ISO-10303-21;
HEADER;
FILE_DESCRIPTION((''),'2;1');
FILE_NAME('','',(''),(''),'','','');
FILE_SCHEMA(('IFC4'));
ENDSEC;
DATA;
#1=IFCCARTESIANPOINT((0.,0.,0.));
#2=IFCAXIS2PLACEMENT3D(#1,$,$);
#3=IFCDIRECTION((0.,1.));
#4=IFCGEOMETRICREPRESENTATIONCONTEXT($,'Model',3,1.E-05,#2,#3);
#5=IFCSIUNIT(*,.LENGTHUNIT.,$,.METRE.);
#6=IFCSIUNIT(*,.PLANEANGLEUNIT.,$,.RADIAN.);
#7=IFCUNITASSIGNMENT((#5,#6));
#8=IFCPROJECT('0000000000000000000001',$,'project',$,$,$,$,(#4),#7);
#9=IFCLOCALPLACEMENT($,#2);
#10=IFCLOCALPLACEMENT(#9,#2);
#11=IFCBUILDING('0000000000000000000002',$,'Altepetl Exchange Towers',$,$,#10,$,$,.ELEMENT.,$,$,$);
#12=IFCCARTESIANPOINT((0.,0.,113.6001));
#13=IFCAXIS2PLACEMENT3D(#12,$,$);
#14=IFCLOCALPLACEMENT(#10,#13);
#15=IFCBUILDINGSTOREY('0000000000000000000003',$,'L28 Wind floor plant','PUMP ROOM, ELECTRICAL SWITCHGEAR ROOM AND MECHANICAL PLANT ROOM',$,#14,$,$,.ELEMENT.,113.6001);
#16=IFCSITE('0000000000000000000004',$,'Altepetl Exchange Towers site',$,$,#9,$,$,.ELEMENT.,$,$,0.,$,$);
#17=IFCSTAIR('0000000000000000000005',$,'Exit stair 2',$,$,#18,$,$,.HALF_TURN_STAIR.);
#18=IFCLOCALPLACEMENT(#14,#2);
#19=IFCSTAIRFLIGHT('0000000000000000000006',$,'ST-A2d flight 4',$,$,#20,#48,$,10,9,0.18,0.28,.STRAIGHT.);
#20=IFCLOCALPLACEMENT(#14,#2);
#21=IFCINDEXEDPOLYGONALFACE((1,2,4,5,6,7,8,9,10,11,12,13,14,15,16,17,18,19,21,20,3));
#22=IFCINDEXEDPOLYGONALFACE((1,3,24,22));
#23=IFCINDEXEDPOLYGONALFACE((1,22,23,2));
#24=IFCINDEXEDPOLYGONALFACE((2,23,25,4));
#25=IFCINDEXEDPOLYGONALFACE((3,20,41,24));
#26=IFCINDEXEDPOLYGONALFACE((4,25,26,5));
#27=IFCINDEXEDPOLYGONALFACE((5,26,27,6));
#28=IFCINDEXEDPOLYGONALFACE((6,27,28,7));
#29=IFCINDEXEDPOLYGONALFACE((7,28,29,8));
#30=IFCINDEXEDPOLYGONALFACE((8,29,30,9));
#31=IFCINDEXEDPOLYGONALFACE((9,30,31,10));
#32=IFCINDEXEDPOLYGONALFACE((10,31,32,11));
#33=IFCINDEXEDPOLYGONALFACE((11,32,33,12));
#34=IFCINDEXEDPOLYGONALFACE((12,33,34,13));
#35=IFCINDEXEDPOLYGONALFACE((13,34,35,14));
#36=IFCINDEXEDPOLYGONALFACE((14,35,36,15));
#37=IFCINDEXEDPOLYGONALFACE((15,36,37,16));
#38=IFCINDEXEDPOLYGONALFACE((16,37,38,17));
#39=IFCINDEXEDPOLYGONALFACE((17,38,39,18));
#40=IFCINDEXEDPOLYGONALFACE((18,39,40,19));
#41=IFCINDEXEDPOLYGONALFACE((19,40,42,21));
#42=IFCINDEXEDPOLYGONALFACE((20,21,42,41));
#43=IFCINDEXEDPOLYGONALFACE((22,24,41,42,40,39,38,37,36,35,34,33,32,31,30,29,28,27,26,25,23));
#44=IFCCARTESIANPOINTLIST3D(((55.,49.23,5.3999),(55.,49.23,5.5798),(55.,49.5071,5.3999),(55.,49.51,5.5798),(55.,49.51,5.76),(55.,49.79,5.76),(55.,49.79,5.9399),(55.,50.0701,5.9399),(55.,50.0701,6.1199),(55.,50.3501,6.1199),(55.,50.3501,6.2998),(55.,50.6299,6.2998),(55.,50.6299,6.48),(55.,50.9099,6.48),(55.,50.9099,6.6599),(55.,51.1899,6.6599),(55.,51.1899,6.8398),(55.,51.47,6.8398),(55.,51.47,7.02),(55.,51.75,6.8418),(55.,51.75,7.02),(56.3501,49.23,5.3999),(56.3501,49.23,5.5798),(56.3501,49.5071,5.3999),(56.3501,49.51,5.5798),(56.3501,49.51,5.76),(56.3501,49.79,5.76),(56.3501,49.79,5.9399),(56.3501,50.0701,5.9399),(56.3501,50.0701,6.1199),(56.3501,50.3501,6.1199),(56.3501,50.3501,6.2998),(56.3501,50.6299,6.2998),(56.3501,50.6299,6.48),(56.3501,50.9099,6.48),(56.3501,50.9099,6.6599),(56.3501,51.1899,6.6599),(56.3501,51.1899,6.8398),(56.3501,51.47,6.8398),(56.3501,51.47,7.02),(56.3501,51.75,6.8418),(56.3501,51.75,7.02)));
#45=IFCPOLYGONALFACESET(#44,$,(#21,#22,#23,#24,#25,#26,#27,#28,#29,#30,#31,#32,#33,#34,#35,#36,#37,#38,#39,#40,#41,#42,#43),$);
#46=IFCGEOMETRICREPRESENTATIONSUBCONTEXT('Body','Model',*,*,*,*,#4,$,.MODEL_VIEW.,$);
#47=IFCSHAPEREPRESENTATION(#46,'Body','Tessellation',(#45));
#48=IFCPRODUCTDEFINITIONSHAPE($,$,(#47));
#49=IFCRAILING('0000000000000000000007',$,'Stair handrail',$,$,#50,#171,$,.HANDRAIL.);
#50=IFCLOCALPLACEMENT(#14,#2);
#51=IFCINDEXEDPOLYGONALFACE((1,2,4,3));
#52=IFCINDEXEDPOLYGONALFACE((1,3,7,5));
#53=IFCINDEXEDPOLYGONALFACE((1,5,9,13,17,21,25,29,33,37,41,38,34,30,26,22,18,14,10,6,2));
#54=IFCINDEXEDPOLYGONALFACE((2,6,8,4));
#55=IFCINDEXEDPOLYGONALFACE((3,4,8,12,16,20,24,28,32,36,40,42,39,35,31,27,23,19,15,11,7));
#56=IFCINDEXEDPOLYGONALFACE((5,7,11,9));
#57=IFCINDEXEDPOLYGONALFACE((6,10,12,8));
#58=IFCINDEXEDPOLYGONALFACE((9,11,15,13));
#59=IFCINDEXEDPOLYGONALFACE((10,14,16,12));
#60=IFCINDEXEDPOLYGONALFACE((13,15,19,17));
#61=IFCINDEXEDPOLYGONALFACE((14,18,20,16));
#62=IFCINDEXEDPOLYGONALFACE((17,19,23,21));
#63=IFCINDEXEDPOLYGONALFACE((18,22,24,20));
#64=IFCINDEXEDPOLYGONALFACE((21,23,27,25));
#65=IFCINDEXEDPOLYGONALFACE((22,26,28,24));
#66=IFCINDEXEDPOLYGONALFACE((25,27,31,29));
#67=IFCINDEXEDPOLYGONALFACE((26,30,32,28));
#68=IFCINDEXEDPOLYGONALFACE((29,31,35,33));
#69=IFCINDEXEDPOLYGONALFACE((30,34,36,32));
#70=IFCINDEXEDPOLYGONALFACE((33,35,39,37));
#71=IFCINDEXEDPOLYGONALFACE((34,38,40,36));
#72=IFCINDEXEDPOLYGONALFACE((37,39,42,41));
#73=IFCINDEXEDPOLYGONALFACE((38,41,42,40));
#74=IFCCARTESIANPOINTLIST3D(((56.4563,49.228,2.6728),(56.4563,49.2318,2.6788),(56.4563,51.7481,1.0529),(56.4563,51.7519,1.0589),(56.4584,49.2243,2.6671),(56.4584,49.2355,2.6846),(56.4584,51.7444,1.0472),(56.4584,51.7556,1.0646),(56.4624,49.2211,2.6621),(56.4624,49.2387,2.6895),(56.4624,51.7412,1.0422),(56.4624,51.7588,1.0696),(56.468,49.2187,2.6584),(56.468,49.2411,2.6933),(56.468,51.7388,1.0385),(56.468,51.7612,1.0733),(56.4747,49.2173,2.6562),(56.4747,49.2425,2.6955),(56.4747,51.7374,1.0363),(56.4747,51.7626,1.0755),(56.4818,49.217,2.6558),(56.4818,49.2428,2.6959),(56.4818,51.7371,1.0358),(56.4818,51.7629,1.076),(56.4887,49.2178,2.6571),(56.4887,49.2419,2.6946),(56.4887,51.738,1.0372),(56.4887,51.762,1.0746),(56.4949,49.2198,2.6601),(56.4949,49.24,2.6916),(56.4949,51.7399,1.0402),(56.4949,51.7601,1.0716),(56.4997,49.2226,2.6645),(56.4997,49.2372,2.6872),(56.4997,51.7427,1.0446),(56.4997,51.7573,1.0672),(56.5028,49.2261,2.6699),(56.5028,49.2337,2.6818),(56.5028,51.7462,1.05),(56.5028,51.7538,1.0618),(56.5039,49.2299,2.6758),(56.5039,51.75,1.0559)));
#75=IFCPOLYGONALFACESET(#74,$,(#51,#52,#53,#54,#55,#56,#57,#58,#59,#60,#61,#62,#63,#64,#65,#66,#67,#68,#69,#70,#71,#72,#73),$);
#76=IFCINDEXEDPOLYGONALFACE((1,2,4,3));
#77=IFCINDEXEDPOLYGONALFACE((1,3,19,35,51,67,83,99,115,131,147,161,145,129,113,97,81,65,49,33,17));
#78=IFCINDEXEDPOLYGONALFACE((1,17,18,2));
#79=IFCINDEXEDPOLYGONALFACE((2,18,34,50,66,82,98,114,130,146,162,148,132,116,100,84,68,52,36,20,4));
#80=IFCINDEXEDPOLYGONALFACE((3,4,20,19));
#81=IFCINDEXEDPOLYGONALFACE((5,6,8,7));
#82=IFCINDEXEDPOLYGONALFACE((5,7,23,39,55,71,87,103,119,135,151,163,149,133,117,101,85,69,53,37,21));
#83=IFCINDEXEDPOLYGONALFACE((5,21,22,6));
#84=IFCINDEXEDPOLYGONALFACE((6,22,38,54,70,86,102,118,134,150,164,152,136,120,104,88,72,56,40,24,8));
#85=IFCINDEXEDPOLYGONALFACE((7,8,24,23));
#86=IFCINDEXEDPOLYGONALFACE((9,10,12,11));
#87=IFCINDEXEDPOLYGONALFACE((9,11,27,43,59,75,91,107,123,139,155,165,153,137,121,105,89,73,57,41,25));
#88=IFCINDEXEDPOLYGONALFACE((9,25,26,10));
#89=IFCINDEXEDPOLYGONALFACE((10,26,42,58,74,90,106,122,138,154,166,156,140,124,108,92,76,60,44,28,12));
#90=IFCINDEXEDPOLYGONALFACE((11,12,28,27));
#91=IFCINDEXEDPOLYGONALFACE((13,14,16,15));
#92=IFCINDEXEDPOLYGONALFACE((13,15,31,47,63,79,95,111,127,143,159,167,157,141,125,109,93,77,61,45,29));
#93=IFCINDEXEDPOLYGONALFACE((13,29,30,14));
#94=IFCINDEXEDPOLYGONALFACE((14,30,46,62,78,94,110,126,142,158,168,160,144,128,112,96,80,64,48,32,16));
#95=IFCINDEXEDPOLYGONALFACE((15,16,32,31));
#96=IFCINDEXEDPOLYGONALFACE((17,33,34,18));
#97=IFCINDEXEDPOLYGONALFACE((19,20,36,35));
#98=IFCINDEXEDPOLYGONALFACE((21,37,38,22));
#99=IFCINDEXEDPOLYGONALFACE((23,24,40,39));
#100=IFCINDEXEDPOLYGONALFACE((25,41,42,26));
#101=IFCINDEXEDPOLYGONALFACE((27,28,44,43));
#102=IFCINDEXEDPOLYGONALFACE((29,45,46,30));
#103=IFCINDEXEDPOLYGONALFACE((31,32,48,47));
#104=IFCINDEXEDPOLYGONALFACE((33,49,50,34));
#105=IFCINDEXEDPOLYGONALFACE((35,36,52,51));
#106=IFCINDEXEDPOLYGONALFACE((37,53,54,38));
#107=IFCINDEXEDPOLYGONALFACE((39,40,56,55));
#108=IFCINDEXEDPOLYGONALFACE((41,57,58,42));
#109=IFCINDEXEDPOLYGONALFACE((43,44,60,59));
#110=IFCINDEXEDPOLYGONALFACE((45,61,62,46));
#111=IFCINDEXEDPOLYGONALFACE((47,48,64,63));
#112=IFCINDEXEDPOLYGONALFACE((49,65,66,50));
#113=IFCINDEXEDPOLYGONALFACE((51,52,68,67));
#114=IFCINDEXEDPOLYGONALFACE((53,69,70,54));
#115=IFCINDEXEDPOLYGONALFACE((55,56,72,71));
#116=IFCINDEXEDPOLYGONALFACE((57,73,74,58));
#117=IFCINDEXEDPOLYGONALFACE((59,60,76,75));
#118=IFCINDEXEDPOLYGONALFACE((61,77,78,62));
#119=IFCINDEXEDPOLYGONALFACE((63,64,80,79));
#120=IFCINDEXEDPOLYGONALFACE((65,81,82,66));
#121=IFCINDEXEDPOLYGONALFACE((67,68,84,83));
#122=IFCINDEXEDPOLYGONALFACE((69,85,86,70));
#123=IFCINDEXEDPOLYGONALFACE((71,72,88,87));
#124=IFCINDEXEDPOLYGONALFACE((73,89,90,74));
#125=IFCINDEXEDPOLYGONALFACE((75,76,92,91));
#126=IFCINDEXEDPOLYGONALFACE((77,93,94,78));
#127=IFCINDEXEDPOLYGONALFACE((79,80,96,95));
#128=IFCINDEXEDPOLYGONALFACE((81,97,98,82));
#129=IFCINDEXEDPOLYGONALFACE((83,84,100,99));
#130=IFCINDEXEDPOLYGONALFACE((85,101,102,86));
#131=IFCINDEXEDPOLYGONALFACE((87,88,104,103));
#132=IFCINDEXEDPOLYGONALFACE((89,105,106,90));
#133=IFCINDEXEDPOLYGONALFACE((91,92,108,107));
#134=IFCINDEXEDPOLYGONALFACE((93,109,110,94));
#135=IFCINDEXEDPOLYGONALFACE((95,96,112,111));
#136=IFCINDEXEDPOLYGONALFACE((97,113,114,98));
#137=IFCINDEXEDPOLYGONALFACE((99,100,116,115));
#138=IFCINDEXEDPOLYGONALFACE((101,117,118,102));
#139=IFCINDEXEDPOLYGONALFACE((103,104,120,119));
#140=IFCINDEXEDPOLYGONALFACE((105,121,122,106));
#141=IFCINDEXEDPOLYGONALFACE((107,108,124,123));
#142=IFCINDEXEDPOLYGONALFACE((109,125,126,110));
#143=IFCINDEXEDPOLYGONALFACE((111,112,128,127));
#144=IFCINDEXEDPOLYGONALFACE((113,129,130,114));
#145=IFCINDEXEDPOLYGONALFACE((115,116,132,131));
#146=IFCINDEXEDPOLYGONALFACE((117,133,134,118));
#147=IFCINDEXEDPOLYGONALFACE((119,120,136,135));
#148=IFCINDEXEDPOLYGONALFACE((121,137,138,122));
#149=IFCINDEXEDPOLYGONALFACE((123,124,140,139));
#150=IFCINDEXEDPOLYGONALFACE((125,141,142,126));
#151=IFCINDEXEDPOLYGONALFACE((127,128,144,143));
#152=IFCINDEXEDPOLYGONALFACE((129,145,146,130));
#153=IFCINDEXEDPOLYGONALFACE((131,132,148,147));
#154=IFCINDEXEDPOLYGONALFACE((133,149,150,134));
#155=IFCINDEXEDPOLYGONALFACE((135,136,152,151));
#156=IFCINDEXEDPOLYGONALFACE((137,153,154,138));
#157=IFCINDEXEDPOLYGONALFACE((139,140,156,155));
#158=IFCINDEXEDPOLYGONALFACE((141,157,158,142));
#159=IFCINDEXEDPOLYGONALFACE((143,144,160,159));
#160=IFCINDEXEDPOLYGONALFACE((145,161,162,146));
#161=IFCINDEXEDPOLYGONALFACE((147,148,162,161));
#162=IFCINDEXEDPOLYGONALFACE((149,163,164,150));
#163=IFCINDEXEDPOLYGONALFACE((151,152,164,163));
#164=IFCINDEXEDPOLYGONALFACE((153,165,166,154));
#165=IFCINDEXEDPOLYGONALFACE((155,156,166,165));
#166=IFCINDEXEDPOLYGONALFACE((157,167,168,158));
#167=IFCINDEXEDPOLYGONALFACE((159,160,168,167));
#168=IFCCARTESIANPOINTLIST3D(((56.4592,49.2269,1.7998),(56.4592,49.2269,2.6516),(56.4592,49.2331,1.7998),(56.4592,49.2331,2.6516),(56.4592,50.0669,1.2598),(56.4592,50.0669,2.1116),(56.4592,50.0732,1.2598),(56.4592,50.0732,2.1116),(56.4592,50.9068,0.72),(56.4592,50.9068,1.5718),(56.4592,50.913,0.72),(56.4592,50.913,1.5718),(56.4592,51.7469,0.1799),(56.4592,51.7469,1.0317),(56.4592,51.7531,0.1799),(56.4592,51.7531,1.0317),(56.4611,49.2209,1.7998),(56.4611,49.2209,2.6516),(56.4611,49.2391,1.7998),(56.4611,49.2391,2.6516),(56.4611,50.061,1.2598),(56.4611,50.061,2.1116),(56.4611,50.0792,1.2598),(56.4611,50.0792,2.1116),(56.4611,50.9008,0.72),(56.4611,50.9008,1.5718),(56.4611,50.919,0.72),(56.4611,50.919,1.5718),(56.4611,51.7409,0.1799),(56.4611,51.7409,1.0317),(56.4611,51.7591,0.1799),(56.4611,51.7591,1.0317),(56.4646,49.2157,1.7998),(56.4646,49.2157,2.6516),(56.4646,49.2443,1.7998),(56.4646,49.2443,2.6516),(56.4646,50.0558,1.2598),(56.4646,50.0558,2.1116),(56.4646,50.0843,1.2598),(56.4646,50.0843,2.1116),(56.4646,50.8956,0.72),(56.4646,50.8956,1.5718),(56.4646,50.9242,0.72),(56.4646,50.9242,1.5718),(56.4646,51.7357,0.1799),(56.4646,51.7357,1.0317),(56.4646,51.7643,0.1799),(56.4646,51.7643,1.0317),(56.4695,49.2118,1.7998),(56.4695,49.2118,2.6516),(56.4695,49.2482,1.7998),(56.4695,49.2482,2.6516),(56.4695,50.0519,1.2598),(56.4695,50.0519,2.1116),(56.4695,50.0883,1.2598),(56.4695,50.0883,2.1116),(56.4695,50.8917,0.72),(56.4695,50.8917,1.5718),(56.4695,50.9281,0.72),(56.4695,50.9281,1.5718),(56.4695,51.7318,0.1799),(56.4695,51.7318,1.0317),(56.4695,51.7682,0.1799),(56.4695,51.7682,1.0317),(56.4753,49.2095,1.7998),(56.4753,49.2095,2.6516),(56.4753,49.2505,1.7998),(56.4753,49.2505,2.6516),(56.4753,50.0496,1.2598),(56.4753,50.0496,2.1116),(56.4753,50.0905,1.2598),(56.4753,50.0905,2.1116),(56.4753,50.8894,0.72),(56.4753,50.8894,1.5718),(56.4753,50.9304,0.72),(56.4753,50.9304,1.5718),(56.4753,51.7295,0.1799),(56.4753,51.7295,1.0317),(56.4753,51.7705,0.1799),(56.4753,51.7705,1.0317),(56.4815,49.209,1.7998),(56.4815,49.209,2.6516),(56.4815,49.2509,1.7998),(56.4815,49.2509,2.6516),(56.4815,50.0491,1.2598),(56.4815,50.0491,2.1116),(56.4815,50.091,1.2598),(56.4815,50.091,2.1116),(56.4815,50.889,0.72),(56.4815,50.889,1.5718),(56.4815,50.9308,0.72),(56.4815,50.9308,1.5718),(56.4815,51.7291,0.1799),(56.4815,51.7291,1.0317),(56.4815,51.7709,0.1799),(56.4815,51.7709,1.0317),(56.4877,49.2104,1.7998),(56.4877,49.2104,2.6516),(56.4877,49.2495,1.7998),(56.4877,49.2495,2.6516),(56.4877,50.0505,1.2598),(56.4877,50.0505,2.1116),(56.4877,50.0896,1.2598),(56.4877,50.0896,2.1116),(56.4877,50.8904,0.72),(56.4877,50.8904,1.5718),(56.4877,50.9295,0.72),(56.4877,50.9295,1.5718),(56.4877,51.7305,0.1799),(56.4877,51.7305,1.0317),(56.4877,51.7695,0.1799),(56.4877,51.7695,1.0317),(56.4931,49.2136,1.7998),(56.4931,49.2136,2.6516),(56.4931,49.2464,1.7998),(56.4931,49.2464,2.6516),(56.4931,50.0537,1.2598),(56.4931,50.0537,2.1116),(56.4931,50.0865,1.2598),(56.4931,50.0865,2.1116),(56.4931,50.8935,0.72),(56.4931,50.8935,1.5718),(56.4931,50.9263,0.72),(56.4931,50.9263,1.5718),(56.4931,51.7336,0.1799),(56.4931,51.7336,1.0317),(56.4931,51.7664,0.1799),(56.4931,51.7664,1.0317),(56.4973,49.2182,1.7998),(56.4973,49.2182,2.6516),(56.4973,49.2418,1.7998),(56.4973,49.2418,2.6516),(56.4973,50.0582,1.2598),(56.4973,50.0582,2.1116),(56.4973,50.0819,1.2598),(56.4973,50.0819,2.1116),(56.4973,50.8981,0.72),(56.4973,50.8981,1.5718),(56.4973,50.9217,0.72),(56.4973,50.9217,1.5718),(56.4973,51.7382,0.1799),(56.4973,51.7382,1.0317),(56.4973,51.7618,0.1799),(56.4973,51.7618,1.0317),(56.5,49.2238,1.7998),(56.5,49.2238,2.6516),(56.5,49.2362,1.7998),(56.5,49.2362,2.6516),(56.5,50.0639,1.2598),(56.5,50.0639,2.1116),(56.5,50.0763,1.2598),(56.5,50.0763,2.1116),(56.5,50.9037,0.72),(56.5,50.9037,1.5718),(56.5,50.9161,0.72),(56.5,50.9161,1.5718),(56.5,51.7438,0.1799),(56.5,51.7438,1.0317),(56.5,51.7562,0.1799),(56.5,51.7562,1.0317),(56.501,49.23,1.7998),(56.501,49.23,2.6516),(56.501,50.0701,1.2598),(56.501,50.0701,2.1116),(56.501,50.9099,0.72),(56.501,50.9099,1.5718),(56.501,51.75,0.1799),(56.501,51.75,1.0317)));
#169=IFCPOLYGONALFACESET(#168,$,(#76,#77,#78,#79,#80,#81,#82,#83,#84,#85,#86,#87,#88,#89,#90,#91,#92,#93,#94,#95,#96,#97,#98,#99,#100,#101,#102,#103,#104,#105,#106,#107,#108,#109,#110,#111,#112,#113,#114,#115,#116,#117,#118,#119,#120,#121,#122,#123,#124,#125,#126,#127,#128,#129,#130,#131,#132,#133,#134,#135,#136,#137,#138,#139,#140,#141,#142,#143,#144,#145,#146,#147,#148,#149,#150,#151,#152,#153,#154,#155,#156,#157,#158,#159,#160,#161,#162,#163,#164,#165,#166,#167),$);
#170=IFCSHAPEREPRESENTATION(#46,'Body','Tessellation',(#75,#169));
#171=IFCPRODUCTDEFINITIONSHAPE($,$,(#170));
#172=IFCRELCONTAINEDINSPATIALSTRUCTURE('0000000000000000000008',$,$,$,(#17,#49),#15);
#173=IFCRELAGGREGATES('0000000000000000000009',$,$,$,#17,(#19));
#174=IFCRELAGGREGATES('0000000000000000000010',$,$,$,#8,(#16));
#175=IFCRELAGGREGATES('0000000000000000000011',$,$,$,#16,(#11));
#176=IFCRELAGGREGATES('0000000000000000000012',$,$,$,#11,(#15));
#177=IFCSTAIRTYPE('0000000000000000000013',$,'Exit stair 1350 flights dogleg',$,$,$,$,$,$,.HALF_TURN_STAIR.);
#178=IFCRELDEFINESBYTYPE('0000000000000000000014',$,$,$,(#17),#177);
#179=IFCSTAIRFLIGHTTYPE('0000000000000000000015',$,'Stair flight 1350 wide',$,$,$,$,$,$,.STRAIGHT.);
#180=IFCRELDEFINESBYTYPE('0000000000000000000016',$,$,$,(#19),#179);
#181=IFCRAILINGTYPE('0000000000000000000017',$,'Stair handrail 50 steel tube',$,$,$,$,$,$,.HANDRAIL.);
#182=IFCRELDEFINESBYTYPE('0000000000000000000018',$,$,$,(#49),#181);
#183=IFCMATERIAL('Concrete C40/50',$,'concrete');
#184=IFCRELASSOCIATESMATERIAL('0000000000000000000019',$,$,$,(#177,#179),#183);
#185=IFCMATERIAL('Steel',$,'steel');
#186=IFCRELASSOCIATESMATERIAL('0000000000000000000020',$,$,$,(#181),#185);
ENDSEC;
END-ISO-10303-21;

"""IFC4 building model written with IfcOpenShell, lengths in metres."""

from ifc_helpers import new_model, si_unit, direction, frame, origin, origin_2d, place, context, subcontext, project, spatial, polyline, circle, outline, extrude, source, transform, mapped, material, type_object, element, aggregate, save


model = new_model("IFC4")

# Units and contexts
model_context = context("Model", 3, precision=1e-05, world=origin(), true_north=direction((0.0, 1.0)))
body_context = subcontext(model_context, "Body", "Model", "MODEL_VIEW")
ifc_project = project(units=[si_unit("LENGTHUNIT", "METRE"), si_unit("PLANEANGLEUNIT", "RADIAN")], contexts=[model_context])

# Site, building, storey
site_placement = place(None, origin())
site = spatial("IfcSite", under=ifc_project, at=site_placement, Name="Altepetl Exchange Towers site", CompositionType="ELEMENT", RefElevation=0.0)
building_placement = place(site_placement, origin())
building = spatial("IfcBuilding", under=site, at=building_placement, Name="Altepetl Exchange Towers", CompositionType="ELEMENT")
storey_placement = place(building_placement, frame((0.0, 0.0, 113.6001)))
storey = spatial("IfcBuildingStorey", under=building, at=storey_placement, Name="L28 Wind floor plant", Description="PUMP ROOM, ELECTRICAL SWITCHGEAR ROOM AND MECHANICAL PLANT ROOM", CompositionType="ELEMENT", Elevation=113.6001)

# Shared definitions
ifc_material_1 = material(Name="Concrete C40/50", Category="concrete")

# Stair, stair flight
stair_type = type_object("IfcStairType", Name="Exit stair 1350 flights dogleg", PredefinedType="HALF_TURN_STAIR", material=ifc_material_1)
stair_placement = place(storey_placement, origin())
stair = element("IfcStair", 1, at=stair_placement, inside=storey, type_object=stair_type, Name="Exit stair 2", PredefinedType="HALF_TURN_STAIR")
stair_flight_type = type_object("IfcStairFlightType", Name="Stair flight 1350 wide", PredefinedType="STRAIGHT", material=ifc_material_1)
stair_flight_1_placement = place(storey_placement, frame((55.675, 49.23, 5.3999), z_axis=(0.0, 0.0, 1.0), x_axis=(0.0, 1.0, 0.0)))
stair_flight_1 = element("IfcStairFlight", 2, at=stair_flight_1_placement, type_object=stair_flight_type, Name="ST-A2d flight 4", NumberOfRisers=10, NumberOfTreads=9, PredefinedType="STRAIGHT", RiserHeight=0.18, TreadLength=0.28, context=body_context, shape_type="SweptSolid", body=[
    extrude(outline(polyline([(0.0, 0.0), (0.0, 0.1799), (0.28, 0.1799), (0.28, 0.3601), (0.5601, 0.3601), (0.5601, 0.54), (0.8401, 0.54), (0.8401, 0.72), (1.1201, 0.72), (1.1201, 0.8999), (1.3999, 0.8999), (1.3999, 1.0801), (1.6799, 1.0801), (1.6799, 1.26), (1.96, 1.26), (1.96, 1.4399), (2.24, 1.4399), (2.24, 1.6201), (2.52, 1.6201), (2.52, 1.8), (2.52, 1.4419), (0.2771, 0.0), (0.0, 0.0)])), frame((0.0, 0.675, 0.0), z_axis=(0.0, -1.0, 0.0), x_axis=(1.0, 0.0, 0.0)), (0.0, 0.0, 1.0), 1.3501),
])
aggregate(stair, [stair_flight_1])

# Railing
ifc_material_2 = material(Name="Steel", Category="steel")
railing_type = type_object("IfcRailingType", Name="Stair handrail 50 steel tube", PredefinedType="HANDRAIL", material=ifc_material_2)
shared_shape = source(origin(), body_context, "Body", "SweptSolid", [
    extrude(circle(Radius=0.021, at=origin_2d()), origin(), (0.0, 0.0, 1.0), 0.8518),
])
railing_1_placement = place(storey_placement, frame((56.48, 51.75, 0.1799)))
element("IfcRailing", 3, at=railing_1_placement, inside=storey, type_object=railing_type, Name="Stair handrail", PredefinedType="HANDRAIL", context=body_context, shape_type="SweptSolid", body=[
    extrude(circle(Radius=0.0239, at=origin_2d()), frame((0.0, 0.0, 0.876), z_axis=(0.0, -0.8412, 0.540725), x_axis=(1.0, 0.0, 0.0)), (0.0, 0.0, 1.0), 2.9958),
    mapped(shared_shape, transform((0.0, 0.0, 0.0))),
    mapped(shared_shape, transform((0.0, -0.8401, 0.54))),
    mapped(shared_shape, transform((0.0, -1.6799, 1.0798))),
    mapped(shared_shape, transform((0.0, -2.52, 1.6199))),
])

save(model, "model.ifc")
